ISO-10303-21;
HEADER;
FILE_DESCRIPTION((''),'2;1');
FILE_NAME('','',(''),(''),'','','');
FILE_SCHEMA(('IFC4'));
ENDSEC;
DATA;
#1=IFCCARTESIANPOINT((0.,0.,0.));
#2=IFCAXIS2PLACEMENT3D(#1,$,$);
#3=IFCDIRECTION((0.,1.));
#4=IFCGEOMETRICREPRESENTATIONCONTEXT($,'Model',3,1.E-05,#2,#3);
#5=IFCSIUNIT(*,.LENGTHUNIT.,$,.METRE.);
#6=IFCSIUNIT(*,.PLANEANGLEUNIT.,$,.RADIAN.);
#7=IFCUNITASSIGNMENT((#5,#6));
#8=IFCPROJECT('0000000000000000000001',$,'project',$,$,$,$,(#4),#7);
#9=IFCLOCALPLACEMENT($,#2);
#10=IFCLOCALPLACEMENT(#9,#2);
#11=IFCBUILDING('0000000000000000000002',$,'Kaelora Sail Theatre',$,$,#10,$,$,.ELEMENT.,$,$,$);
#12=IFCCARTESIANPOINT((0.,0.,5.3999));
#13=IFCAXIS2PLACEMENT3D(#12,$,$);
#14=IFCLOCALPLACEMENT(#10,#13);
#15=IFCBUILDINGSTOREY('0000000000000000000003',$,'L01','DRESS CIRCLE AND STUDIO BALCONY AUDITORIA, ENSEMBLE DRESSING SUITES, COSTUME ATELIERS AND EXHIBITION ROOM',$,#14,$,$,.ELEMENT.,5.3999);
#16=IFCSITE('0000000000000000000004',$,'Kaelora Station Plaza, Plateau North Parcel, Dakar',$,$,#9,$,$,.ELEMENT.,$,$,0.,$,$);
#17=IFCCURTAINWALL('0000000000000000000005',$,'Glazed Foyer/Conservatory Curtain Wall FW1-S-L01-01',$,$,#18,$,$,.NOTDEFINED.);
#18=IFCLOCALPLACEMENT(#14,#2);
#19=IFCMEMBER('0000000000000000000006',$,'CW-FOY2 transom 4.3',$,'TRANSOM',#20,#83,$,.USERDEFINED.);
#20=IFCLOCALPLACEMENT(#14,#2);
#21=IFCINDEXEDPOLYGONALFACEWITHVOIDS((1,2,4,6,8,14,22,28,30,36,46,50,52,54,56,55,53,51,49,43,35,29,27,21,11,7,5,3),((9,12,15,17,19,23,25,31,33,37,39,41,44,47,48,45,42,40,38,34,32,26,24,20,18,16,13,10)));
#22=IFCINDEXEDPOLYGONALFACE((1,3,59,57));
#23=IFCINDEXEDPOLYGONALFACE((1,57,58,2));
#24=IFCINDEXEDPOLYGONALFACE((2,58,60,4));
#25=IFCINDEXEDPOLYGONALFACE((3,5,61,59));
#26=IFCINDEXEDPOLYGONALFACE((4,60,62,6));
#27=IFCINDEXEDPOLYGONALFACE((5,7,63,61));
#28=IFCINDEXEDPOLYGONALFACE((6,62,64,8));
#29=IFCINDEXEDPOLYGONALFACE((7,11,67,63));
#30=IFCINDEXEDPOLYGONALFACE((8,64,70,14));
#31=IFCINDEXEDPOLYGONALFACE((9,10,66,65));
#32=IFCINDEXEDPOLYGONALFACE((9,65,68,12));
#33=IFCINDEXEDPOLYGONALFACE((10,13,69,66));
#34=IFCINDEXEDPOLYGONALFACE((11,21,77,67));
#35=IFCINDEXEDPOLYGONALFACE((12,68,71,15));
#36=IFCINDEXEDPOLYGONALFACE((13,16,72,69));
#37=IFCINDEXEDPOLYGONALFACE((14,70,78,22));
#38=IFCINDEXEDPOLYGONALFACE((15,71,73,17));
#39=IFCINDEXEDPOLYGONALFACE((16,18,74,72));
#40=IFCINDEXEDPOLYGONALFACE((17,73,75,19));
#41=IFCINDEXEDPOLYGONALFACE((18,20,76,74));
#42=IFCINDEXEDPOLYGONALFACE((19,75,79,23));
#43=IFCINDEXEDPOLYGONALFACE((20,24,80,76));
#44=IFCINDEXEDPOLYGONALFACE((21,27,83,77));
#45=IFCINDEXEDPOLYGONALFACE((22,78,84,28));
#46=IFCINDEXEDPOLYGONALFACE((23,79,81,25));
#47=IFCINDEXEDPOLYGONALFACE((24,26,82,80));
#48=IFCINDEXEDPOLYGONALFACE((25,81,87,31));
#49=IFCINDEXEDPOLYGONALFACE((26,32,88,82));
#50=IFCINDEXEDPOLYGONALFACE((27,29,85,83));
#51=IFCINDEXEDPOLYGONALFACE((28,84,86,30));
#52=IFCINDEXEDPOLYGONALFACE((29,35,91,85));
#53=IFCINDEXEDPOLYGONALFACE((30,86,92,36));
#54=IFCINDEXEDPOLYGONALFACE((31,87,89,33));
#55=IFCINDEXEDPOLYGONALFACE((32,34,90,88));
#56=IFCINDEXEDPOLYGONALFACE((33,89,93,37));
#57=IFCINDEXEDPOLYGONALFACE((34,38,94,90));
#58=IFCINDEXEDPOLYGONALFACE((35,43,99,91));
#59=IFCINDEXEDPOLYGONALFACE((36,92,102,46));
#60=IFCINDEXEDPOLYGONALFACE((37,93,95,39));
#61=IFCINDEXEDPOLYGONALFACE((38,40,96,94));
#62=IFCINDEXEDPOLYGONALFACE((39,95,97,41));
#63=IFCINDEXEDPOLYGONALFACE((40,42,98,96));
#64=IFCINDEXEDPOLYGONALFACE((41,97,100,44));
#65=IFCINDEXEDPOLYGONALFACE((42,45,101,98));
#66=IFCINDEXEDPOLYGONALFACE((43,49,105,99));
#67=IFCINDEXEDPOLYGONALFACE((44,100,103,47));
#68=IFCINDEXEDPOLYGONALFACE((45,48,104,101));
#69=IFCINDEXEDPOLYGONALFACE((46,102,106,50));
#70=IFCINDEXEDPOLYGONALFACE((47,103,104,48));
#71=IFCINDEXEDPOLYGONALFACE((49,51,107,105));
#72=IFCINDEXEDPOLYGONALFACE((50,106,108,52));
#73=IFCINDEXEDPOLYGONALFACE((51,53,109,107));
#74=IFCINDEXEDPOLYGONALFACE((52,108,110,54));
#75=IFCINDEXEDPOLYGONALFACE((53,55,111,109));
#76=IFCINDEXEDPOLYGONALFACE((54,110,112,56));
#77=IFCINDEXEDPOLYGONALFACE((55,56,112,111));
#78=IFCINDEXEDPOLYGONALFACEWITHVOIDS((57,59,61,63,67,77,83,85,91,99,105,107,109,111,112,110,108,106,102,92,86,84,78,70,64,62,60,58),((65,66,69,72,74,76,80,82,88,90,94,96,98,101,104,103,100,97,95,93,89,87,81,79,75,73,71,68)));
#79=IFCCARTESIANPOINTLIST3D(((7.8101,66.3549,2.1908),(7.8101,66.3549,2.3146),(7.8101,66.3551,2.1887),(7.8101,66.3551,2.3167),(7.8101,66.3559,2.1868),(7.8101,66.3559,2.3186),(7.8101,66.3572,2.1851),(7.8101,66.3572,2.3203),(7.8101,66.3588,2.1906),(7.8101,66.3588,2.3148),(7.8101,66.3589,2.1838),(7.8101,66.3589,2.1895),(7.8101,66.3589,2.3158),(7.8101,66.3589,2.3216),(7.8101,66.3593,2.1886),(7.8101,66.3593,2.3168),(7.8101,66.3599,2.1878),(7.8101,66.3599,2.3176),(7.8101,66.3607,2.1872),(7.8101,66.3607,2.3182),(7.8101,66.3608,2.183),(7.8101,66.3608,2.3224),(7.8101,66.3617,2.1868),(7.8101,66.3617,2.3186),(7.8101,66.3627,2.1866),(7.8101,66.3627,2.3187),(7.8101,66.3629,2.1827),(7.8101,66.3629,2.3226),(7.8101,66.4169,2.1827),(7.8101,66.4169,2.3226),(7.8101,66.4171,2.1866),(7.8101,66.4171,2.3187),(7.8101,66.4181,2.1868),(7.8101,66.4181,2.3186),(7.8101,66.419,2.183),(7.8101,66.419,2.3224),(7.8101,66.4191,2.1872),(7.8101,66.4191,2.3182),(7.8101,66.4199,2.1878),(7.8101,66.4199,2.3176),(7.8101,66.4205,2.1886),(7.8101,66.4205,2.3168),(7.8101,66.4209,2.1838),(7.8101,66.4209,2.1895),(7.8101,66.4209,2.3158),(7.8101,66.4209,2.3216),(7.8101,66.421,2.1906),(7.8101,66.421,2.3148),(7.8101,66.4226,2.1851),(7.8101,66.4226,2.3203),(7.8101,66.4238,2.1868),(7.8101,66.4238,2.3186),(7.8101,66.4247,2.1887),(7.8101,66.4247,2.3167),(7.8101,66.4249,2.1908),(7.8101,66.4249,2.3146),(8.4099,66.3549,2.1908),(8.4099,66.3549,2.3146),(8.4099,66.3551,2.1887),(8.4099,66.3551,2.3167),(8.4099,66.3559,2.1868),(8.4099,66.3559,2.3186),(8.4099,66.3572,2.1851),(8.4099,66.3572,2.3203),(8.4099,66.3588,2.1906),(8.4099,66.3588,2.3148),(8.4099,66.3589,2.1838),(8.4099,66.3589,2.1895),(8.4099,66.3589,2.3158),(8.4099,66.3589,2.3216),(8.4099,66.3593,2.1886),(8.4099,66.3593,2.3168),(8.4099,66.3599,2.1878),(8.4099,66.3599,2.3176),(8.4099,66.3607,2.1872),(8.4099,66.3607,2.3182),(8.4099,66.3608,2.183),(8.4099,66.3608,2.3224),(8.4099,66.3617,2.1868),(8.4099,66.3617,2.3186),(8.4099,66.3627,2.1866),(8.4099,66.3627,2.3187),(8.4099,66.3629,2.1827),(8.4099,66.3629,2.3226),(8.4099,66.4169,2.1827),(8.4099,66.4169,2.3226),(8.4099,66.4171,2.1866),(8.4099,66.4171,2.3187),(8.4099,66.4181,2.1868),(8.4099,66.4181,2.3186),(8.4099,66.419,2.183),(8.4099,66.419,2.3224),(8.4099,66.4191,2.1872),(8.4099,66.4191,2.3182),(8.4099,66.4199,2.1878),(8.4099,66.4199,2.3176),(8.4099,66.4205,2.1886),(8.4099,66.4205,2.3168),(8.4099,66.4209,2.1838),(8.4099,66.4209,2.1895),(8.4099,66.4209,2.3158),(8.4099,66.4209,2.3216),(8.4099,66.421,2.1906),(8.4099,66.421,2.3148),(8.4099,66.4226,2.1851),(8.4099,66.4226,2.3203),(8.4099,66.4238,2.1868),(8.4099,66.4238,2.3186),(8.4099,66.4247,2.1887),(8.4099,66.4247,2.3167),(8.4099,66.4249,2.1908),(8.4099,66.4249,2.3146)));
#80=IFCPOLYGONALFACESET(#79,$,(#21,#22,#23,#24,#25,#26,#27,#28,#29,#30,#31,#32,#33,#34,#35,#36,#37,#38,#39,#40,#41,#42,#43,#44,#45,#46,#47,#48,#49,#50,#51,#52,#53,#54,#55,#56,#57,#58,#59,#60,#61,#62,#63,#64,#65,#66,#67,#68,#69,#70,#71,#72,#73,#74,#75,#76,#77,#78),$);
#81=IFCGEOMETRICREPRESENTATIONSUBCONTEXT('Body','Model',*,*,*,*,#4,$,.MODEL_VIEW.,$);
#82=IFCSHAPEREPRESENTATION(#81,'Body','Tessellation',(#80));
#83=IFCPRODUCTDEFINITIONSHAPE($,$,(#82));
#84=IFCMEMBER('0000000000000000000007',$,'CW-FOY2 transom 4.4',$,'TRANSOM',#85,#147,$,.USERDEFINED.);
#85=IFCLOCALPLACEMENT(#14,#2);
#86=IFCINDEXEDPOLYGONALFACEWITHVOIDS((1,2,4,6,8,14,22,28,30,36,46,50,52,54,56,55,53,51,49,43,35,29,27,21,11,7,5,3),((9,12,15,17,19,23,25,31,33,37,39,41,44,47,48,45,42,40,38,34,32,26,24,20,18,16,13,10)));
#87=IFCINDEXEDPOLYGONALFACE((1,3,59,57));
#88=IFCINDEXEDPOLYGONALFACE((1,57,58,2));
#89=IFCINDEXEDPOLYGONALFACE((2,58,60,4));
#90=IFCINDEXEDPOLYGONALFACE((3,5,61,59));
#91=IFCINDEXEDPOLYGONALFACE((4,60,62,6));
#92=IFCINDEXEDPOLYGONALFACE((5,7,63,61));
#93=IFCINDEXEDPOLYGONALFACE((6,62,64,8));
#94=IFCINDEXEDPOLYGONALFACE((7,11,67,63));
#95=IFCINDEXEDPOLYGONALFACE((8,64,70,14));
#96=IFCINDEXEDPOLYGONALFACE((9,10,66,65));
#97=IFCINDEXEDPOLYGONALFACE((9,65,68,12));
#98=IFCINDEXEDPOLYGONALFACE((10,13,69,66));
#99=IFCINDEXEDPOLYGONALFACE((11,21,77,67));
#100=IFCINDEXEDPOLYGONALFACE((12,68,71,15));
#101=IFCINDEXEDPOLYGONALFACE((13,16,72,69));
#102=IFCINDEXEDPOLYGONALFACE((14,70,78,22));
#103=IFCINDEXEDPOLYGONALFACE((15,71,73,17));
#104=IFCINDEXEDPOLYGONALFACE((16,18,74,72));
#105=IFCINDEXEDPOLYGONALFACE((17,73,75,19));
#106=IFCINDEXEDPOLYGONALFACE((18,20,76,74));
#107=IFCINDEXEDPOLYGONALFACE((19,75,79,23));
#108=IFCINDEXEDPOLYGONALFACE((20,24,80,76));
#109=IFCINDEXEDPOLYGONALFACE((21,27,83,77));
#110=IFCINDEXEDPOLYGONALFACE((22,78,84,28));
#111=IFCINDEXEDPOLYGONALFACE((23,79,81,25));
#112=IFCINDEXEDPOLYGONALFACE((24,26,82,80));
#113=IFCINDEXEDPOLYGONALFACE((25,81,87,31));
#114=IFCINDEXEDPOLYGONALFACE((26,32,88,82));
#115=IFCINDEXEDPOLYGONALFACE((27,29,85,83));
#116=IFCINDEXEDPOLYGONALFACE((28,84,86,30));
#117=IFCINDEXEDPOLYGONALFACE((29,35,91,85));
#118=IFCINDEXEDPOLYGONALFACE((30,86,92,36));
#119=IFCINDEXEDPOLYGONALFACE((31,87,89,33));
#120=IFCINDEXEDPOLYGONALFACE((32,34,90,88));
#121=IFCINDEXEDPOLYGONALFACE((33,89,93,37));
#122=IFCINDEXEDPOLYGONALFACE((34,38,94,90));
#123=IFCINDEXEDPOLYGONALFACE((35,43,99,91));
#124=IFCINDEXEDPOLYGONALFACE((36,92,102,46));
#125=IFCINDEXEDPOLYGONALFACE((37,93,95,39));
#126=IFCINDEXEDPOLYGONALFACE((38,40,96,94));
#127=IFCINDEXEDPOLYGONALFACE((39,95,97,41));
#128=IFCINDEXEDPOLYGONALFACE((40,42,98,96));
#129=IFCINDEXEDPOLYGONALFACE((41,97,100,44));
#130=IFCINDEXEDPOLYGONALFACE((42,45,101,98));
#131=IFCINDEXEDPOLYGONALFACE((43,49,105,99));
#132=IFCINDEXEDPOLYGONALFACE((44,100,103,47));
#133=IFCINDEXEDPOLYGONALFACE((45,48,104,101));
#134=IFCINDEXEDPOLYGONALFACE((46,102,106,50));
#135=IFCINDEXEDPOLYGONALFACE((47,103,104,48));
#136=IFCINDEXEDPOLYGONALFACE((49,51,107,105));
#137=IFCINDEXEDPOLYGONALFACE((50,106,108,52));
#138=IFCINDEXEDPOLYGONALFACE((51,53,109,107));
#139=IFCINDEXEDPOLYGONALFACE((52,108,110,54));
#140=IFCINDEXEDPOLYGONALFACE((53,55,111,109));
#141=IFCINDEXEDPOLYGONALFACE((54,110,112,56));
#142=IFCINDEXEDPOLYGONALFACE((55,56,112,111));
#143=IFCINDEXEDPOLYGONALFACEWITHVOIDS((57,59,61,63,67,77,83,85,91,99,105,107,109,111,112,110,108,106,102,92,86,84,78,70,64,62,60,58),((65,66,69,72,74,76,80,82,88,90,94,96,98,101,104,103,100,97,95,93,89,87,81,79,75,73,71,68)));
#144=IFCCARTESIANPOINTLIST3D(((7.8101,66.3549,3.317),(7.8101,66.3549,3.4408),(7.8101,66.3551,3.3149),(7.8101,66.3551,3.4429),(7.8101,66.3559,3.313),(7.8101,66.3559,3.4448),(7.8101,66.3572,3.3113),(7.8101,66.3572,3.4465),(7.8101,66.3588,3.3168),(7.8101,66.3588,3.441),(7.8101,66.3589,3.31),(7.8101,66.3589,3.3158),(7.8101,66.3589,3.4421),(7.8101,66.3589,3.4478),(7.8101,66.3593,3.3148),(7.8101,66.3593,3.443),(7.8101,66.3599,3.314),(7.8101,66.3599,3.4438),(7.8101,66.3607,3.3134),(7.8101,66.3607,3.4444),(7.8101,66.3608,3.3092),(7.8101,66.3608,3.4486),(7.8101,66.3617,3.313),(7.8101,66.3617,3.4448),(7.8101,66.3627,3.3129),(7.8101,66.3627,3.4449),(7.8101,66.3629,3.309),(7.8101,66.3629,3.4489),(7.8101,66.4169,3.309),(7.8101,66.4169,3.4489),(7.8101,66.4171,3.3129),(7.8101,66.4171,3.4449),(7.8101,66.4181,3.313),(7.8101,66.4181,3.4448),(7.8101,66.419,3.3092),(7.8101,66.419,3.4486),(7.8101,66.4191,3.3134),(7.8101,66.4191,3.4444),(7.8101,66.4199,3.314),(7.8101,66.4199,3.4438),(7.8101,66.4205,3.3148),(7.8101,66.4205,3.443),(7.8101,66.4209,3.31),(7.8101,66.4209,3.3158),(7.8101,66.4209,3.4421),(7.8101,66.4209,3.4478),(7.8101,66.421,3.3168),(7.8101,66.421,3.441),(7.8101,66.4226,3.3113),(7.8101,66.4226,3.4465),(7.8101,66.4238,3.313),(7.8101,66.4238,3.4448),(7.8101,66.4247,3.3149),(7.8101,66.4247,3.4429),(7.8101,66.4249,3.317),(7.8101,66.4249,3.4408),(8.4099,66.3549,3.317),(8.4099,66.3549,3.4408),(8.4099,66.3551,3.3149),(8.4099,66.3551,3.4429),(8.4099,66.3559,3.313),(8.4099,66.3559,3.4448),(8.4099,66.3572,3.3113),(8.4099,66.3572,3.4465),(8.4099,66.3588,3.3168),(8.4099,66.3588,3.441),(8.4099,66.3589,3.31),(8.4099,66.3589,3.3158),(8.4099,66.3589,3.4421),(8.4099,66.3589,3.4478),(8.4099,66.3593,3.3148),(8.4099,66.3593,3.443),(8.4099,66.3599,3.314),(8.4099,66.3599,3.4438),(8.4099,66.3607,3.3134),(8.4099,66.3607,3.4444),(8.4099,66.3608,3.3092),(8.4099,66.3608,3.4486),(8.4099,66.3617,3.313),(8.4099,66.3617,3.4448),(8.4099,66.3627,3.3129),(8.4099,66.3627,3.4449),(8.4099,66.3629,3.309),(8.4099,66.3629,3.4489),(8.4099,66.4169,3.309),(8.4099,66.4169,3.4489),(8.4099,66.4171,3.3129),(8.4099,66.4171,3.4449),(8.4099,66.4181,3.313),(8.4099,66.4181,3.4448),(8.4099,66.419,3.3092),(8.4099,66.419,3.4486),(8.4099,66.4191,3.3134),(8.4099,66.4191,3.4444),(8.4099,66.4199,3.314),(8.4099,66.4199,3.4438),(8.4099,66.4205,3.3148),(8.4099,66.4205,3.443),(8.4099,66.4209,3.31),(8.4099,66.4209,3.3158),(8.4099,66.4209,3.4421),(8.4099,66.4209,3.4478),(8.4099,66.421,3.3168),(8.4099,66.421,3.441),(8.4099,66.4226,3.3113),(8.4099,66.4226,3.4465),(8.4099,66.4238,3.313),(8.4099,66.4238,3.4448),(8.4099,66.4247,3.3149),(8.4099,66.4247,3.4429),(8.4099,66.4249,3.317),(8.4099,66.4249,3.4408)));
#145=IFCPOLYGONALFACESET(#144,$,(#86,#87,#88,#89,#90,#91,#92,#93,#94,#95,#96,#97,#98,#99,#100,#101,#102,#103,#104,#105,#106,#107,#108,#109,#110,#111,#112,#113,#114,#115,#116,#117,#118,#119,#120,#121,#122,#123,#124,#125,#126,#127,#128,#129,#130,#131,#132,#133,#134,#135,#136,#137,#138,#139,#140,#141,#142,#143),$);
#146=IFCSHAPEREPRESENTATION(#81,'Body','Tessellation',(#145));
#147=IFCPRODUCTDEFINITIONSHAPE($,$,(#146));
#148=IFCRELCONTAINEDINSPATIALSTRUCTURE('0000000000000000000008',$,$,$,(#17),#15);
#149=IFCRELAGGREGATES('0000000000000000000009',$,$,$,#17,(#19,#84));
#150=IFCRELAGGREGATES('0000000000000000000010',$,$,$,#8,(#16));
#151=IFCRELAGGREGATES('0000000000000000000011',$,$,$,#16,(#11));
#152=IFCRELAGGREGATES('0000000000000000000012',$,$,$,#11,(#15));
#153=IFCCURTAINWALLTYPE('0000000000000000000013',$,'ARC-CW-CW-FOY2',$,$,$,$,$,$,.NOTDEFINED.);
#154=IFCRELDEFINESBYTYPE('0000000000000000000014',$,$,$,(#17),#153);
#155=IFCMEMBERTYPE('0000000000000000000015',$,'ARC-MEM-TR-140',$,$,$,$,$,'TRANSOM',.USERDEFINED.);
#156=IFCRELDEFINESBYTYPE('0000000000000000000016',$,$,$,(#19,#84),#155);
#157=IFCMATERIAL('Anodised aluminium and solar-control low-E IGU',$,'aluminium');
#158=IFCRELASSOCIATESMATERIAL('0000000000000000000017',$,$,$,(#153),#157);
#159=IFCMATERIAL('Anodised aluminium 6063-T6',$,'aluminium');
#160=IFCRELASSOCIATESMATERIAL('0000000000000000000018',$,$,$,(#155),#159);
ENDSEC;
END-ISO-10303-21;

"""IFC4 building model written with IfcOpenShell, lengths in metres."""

from ifc_helpers import new_model, si_unit, direction, frame, origin, origin_2d, place, context, subcontext, project, spatial, hollow_rectangle, extrude, material, material_profile, profile_set, type_object, element, aggregate, save


model = new_model("IFC4")

# Units and contexts
model_context = context("Model", 3, precision=1e-05, world=origin(), true_north=direction((0.0, 1.0)))
body_context = subcontext(model_context, "Body", "Model", "MODEL_VIEW")
ifc_project = project(units=[si_unit("LENGTHUNIT", "METRE"), si_unit("PLANEANGLEUNIT", "RADIAN")], contexts=[model_context])

# Site, building, storey
site_placement = place(None, origin())
site = spatial("IfcSite", under=ifc_project, at=site_placement, Name="Kaelora Station Plaza, Plateau North Parcel, Dakar", CompositionType="ELEMENT", RefElevation=0.0)
building_placement = place(site_placement, origin())
building = spatial("IfcBuilding", under=site, at=building_placement, Name="Kaelora Sail Theatre", CompositionType="ELEMENT")
storey_placement = place(building_placement, frame((0.0, 0.0, 5.3999)))
storey = spatial("IfcBuildingStorey", under=building, at=storey_placement, Name="L01", Description="DRESS CIRCLE AND STUDIO BALCONY AUDITORIA, ENSEMBLE DRESSING SUITES, COSTUME ATELIERS AND EXHIBITION ROOM", CompositionType="ELEMENT", Elevation=5.3999)

# Curtain wall, members
ifc_material_1 = material(Name="Anodised aluminium and solar-control low-E IGU", Category="aluminium")
curtain_wall_type = type_object("IfcCurtainWallType", Name="ARC-CW-CW-FOY2", PredefinedType="NOTDEFINED", material=ifc_material_1)
curtain_wall_placement = place(storey_placement, origin())
curtain_wall = element("IfcCurtainWall", 1, at=curtain_wall_placement, inside=storey, type_object=curtain_wall_type, Name="Glazed Foyer/Conservatory Curtain Wall FW1-S-L01-01", PredefinedType="NOTDEFINED")
ifc_material_2 = material(Name="Anodised aluminium 6063-T6", Category="aluminium")
ifc_material_profile_1 = material_profile(ifc_material_2, hollow_rectangle(XDim=0.0701, YDim=0.1399, WallThickness=0.0039, InnerFilletRadius=0.0039, OuterFilletRadius=0.0081, at=origin_2d()), Name="ALU-TRAN 70x140x4")
ifc_profile_set_1 = profile_set([ifc_material_profile_1], Name="Anodised aluminium 6063-T6")
member_type_1 = type_object("IfcMemberType", Name="ARC-MEM-TR-140", ElementType="TRANSOM", PredefinedType="USERDEFINED", material=ifc_profile_set_1)
member_1_placement = place(storey_placement, frame((7.8101, 66.3899, 2.2527), z_axis=(1.0, 0.0, 0.0), x_axis=(0.0, 1.0, 0.0)))
member_1 = element("IfcMember", 2, at=member_1_placement, type_object=member_type_1, Name="CW-FOY2 transom 4.3", ObjectType="TRANSOM", PredefinedType="USERDEFINED", context=body_context, shape_type="SweptSolid", body=[
    extrude(hollow_rectangle(XDim=0.0701, YDim=0.1399, WallThickness=0.0039, InnerFilletRadius=0.0039, OuterFilletRadius=0.0081, at=origin_2d()), origin(), (0.0, 0.0, 1.0), 0.5999),
])
member_2_placement = place(storey_placement, frame((7.8101, 66.3899, 3.3789), z_axis=(1.0, 0.0, 0.0), x_axis=(0.0, 1.0, 0.0)))
member_2 = element("IfcMember", 3, at=member_2_placement, type_object=member_type_1, Name="CW-FOY2 transom 4.4", ObjectType="TRANSOM", PredefinedType="USERDEFINED", context=body_context, shape_type="SweptSolid", body=[
    extrude(hollow_rectangle(XDim=0.0701, YDim=0.1399, WallThickness=0.0039, InnerFilletRadius=0.0039, OuterFilletRadius=0.0081, at=origin_2d()), origin(), (0.0, 0.0, 1.0), 0.5999),
])
aggregate(curtain_wall, [member_1, member_2])

save(model, "model.ifc")
